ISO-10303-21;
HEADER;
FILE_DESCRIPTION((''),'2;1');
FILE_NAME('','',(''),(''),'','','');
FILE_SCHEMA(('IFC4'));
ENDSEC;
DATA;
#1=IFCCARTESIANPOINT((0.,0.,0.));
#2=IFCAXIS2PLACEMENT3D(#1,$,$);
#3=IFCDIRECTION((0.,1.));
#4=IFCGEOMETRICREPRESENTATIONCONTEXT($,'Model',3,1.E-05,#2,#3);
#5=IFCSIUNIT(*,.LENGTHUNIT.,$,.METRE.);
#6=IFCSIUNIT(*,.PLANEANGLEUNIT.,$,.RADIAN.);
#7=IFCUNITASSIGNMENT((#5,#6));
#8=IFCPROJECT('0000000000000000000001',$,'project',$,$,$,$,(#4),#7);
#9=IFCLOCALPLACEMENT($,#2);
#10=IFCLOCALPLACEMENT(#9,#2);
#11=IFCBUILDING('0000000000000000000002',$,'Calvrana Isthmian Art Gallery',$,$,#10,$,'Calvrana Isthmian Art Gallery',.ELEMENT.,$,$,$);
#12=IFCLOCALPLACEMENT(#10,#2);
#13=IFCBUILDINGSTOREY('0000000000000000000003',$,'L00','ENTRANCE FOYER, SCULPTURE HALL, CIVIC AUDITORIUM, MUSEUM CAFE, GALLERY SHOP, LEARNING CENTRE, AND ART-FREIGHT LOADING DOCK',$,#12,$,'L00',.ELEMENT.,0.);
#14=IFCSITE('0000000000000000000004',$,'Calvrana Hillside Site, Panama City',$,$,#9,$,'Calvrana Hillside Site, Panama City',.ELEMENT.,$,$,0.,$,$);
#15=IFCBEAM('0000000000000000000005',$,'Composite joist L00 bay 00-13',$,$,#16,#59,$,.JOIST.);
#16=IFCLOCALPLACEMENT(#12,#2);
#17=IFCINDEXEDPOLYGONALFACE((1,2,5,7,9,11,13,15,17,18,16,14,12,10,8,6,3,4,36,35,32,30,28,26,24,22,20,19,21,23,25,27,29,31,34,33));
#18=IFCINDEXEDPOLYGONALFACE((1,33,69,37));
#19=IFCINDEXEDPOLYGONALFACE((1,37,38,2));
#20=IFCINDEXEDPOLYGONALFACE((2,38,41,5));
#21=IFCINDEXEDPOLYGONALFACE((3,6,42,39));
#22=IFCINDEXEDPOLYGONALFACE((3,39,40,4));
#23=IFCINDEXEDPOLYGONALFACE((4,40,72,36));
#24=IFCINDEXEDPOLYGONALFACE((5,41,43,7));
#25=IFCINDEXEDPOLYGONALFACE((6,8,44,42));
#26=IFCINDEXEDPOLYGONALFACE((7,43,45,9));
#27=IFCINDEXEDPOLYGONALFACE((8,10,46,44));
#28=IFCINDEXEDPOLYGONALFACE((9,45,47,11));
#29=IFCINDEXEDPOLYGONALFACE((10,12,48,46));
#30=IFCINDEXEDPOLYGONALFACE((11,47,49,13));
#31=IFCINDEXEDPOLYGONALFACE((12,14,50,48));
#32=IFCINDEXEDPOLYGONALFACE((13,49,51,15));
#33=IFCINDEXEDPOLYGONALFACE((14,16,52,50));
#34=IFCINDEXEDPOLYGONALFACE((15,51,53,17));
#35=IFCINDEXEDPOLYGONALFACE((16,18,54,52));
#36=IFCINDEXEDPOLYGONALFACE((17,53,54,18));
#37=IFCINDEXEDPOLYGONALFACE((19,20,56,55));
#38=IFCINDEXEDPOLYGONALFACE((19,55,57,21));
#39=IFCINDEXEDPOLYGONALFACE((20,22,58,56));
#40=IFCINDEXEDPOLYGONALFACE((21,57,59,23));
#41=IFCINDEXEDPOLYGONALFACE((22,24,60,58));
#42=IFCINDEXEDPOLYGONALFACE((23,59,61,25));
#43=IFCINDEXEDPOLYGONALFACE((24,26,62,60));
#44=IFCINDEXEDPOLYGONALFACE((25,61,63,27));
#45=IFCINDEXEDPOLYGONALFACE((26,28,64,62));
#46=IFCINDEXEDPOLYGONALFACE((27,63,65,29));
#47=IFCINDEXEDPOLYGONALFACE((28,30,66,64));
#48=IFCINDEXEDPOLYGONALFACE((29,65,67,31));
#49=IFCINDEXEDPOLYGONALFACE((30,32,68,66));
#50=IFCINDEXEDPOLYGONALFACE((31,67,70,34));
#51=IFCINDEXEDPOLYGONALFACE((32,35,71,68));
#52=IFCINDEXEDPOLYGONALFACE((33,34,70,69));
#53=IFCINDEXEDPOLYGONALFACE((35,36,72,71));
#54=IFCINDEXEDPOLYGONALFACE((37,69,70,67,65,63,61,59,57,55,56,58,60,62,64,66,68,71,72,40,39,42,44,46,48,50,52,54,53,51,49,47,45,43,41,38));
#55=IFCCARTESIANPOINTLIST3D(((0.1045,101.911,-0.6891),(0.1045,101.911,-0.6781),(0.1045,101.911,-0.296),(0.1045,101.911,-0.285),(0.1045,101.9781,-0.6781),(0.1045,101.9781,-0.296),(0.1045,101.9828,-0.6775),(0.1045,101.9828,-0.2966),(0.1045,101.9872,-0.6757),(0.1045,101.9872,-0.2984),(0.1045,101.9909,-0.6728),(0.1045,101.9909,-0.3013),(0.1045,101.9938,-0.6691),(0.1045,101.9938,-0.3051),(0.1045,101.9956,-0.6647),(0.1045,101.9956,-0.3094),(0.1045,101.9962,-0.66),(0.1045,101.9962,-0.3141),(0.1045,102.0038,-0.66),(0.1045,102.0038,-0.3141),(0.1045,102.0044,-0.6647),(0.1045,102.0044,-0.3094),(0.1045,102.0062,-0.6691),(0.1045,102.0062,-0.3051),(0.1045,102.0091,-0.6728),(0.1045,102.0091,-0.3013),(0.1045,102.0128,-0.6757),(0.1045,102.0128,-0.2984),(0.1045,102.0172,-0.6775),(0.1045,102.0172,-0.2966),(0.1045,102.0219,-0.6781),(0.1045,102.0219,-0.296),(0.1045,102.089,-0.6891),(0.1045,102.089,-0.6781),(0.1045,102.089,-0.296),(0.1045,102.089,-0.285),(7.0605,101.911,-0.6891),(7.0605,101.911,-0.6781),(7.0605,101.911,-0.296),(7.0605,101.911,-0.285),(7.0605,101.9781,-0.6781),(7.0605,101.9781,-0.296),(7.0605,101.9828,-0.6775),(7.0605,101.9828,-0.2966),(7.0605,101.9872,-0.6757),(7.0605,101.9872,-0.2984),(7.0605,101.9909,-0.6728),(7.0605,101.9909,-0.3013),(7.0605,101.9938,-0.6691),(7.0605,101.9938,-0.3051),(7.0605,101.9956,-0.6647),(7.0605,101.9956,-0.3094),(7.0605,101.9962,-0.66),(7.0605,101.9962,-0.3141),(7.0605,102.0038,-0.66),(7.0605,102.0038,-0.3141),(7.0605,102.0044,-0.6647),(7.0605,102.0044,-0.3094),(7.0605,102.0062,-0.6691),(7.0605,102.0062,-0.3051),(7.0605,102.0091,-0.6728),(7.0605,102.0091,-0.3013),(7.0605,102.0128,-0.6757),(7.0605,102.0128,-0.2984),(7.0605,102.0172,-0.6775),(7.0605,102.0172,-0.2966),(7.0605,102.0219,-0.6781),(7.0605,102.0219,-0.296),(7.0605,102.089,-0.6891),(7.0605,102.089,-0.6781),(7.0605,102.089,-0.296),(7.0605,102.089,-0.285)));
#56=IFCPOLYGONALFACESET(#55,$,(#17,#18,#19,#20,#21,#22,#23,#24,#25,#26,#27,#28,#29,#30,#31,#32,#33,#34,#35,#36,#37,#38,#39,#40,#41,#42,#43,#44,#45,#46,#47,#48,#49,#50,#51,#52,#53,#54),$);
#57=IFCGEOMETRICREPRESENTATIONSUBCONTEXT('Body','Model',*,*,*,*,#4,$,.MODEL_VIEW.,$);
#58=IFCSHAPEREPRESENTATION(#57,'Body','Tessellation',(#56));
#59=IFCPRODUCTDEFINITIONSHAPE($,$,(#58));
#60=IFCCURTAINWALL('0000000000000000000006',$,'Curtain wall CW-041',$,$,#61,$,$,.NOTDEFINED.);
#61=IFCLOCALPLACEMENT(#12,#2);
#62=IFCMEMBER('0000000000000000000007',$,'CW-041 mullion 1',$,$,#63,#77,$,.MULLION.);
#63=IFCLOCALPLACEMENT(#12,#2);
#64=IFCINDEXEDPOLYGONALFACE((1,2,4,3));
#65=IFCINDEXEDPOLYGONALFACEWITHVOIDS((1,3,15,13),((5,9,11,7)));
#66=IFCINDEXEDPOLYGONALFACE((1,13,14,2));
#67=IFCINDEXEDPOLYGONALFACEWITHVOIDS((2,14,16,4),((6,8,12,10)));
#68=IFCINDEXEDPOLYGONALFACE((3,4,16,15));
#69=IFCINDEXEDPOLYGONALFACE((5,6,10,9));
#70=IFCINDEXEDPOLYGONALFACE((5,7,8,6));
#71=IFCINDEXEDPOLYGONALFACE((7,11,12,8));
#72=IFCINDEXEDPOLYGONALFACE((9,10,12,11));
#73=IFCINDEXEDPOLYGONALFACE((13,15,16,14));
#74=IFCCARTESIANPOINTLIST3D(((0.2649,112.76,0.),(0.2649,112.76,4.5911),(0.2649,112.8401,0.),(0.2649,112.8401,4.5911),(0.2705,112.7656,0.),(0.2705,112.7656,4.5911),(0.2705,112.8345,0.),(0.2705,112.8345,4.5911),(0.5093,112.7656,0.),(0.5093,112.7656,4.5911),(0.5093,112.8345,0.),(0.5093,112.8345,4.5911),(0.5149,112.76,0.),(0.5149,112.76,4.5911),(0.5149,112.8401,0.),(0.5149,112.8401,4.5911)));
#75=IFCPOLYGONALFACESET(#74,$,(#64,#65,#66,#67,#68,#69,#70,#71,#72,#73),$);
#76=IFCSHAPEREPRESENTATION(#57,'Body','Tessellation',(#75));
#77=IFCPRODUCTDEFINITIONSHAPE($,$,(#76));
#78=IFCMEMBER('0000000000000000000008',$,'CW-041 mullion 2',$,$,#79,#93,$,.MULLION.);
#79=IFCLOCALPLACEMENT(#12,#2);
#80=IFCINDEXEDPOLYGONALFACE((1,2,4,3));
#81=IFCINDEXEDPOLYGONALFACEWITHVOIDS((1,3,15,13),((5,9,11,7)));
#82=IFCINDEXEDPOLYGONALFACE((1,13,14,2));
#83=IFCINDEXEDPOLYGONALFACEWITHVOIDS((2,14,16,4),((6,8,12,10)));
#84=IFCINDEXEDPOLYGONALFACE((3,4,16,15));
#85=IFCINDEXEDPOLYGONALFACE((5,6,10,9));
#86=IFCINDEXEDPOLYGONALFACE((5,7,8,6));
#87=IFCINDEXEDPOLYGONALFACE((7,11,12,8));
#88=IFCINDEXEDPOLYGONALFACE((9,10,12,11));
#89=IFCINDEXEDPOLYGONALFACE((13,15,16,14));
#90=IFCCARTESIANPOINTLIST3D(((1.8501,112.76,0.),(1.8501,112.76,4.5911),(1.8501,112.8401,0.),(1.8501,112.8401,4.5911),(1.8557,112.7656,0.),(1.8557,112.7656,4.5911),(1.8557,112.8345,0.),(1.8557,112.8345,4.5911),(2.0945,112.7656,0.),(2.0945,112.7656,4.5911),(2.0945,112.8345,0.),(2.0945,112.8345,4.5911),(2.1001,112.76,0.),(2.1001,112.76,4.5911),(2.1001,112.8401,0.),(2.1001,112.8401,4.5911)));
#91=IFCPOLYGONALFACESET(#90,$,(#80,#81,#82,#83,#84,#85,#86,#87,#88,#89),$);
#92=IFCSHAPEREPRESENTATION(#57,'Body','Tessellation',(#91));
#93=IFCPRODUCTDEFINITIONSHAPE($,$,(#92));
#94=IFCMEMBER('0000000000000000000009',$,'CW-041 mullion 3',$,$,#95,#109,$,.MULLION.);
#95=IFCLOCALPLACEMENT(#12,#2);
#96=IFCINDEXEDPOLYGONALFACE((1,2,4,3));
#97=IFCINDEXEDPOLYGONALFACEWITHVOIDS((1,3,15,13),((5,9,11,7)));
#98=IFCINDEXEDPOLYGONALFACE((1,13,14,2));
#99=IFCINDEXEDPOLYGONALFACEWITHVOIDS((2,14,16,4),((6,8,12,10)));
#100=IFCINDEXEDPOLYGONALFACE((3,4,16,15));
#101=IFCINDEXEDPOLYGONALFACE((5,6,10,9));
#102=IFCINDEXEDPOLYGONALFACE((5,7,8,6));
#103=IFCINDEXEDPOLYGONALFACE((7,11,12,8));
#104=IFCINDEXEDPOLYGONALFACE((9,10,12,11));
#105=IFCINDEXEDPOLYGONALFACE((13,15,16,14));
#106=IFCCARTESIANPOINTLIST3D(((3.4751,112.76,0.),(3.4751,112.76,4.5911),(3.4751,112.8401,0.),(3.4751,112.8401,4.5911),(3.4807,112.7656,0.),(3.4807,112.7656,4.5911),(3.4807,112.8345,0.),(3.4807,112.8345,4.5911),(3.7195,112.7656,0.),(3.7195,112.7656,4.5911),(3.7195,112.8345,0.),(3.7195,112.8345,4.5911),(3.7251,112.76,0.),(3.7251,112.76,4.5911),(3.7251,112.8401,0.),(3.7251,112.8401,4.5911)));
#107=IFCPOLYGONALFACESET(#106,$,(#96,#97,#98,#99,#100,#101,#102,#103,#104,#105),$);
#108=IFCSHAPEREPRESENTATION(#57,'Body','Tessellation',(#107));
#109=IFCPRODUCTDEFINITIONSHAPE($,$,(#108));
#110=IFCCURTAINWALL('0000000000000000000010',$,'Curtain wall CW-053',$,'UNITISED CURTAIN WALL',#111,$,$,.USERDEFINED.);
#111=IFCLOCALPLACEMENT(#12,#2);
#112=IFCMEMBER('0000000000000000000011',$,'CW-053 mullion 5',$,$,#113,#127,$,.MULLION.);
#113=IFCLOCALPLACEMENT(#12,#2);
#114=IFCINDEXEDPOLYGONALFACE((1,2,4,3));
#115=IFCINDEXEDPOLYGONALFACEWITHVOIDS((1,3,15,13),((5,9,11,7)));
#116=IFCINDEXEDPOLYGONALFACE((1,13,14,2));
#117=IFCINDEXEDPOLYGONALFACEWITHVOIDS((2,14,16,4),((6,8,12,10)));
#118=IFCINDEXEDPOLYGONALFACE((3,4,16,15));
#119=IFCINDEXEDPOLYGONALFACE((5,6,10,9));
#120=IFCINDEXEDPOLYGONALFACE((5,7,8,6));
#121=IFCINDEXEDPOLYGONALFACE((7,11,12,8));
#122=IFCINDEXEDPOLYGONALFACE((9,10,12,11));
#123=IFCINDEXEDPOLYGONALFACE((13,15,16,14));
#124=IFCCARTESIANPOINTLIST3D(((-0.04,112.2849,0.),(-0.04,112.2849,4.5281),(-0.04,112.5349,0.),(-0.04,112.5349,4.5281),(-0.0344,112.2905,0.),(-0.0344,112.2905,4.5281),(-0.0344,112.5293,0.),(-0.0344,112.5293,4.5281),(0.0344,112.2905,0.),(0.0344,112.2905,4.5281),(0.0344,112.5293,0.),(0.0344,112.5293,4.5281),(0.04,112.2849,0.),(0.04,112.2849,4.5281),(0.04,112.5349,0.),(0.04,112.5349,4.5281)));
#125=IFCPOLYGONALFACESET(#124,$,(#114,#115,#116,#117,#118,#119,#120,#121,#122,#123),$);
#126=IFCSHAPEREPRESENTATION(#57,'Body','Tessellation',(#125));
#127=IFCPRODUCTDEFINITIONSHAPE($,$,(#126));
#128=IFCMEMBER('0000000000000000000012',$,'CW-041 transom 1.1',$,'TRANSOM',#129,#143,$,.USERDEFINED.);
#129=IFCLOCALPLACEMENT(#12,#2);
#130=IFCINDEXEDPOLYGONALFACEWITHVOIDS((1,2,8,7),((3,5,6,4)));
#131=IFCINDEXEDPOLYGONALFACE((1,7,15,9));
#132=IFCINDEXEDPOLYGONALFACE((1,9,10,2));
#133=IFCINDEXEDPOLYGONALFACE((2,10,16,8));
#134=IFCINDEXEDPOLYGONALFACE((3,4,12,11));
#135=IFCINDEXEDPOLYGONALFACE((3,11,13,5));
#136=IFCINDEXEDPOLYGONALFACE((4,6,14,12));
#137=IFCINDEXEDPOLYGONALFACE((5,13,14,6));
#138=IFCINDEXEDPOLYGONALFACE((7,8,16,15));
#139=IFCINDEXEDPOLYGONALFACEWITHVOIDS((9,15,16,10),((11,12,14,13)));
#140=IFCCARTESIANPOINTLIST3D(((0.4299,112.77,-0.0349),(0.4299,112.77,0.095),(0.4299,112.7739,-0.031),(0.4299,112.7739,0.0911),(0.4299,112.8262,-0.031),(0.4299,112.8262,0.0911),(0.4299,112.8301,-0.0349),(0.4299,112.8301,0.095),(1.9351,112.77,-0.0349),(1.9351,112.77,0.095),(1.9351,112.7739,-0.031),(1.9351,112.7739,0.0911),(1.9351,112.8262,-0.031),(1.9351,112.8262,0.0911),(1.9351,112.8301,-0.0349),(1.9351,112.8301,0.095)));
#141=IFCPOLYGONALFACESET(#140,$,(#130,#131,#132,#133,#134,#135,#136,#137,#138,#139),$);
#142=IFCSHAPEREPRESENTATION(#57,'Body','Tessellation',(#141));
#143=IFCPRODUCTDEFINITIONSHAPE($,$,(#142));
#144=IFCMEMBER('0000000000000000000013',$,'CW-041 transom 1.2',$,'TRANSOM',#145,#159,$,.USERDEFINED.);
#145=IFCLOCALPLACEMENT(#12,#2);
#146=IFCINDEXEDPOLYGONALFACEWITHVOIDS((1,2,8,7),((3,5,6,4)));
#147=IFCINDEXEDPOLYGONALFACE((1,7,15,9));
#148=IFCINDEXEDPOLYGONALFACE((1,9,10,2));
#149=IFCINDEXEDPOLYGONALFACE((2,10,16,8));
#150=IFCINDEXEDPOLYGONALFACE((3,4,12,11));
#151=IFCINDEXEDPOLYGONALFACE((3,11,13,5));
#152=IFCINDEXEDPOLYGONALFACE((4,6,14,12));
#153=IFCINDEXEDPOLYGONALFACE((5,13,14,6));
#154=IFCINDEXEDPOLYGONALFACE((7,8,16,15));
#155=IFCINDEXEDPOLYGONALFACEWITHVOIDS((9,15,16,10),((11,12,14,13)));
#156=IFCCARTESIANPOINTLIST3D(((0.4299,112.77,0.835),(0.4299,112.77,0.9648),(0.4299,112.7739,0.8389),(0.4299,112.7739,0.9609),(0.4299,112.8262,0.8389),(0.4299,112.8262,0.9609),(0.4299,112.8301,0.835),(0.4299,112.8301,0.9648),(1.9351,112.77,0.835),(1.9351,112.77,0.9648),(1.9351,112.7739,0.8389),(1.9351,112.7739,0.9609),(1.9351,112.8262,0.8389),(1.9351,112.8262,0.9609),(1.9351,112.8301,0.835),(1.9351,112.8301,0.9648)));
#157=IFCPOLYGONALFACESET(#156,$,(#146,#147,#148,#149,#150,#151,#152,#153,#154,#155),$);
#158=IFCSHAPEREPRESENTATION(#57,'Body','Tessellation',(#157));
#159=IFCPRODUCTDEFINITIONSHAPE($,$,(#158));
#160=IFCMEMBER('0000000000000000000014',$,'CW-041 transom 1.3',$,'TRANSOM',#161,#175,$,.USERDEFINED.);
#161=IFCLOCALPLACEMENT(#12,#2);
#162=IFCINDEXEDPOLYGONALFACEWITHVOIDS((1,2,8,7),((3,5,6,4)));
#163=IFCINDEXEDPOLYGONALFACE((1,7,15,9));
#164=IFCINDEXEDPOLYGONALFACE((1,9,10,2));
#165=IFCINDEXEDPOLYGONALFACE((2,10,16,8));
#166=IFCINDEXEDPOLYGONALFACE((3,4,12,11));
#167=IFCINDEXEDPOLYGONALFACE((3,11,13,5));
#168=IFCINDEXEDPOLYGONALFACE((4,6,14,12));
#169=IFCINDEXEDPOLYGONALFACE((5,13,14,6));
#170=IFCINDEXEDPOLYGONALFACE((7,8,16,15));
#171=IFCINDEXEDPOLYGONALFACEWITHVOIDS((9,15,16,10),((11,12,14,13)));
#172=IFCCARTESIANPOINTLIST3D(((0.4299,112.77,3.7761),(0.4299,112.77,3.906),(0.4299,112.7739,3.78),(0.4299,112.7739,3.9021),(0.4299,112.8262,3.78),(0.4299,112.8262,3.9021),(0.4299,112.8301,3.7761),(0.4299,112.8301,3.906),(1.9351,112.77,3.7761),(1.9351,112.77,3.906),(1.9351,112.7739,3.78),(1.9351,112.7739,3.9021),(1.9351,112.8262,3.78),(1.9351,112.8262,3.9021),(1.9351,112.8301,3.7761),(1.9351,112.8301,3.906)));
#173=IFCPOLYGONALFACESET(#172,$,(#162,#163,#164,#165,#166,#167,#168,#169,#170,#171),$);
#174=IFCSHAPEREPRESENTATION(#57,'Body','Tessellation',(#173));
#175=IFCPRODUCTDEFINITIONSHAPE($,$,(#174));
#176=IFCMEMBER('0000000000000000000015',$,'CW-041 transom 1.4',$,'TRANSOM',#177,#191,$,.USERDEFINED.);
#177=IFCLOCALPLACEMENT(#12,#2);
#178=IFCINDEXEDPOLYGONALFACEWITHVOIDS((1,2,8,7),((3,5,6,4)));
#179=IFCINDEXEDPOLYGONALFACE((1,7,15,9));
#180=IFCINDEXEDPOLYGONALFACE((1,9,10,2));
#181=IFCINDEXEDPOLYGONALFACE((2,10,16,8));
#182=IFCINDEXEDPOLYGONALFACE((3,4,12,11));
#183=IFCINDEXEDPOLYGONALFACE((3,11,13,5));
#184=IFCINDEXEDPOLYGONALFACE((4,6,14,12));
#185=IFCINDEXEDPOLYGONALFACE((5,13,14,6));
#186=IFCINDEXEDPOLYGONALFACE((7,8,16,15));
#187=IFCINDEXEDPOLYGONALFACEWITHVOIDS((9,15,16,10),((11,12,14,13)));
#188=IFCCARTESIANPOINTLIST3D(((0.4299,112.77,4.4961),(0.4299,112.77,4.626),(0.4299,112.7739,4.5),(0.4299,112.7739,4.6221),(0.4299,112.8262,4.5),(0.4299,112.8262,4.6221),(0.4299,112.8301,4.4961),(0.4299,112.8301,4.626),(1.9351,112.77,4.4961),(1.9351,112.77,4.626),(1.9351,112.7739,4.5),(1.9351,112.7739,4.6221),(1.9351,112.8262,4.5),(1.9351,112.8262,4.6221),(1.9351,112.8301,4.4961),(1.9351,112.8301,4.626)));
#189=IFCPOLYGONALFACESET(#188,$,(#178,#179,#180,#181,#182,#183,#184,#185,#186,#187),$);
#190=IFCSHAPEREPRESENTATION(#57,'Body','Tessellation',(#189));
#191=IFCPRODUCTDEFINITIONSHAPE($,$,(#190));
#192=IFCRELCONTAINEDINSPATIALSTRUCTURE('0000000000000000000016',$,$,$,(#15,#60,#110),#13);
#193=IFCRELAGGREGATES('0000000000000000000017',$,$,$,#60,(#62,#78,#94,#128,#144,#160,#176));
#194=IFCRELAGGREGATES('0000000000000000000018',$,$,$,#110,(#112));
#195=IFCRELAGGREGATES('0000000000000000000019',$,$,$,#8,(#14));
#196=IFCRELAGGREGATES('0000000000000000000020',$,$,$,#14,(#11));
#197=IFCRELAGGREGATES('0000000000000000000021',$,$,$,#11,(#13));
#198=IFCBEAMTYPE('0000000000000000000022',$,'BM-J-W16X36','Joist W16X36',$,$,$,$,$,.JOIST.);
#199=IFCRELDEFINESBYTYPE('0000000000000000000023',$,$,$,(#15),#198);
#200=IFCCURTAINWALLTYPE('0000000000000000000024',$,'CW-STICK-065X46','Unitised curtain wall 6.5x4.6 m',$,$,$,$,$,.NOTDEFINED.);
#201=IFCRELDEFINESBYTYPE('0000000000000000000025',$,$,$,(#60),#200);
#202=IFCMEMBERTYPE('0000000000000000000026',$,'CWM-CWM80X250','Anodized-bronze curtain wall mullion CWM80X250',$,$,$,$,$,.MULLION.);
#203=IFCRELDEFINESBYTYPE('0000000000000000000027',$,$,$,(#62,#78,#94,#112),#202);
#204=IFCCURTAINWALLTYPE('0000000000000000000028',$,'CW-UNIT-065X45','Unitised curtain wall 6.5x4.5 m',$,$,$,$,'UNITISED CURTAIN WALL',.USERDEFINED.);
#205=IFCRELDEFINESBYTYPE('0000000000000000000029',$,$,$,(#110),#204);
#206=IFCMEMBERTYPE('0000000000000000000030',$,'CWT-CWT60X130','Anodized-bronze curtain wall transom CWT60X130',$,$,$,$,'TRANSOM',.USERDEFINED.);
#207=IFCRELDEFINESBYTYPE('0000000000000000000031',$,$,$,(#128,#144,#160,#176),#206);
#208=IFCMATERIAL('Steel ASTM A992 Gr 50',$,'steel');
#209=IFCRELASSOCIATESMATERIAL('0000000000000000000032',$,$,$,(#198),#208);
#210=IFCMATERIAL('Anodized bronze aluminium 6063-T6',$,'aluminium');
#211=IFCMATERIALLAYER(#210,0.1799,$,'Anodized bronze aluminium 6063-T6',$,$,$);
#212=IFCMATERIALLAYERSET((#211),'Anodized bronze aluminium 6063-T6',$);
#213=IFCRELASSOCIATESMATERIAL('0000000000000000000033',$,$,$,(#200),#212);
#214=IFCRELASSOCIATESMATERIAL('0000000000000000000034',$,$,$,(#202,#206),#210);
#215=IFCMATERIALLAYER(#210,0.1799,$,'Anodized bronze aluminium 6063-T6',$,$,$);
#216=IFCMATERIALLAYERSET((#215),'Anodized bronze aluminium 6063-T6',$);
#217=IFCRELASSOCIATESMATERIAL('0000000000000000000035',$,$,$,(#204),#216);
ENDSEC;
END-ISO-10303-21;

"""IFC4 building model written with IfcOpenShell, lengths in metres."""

from ifc_helpers import new_model, si_unit, direction, frame, origin, origin_2d, place, context, subcontext, project, spatial, hollow_rectangle, i_section, extrude, material, layer, layer_set, material_profile, profile_set, type_object, element, aggregate, save


model = new_model("IFC4")

# Units and contexts
model_context = context("Model", 3, precision=1e-05, world=origin(), true_north=direction((0.0, 1.0)))
body_context = subcontext(model_context, "Body", "Model", "MODEL_VIEW")
ifc_project = project(units=[si_unit("LENGTHUNIT", "METRE"), si_unit("PLANEANGLEUNIT", "RADIAN")], contexts=[model_context])

# Site, building, storey
site_placement = place(None, origin())
site = spatial("IfcSite", under=ifc_project, at=site_placement, Name="Calvrana Hillside Site, Panama City", LongName="Calvrana Hillside Site, Panama City", CompositionType="ELEMENT", RefElevation=0.0)
building_placement = place(site_placement, origin())
building = spatial("IfcBuilding", under=site, at=building_placement, Name="Calvrana Isthmian Art Gallery", LongName="Calvrana Isthmian Art Gallery", CompositionType="ELEMENT")
storey_placement = place(building_placement, origin())
storey = spatial("IfcBuildingStorey", under=building, at=storey_placement, Name="L00", Description="ENTRANCE FOYER, SCULPTURE HALL, CIVIC AUDITORIUM, MUSEUM CAFE, GALLERY SHOP, LEARNING CENTRE, AND ART-FREIGHT LOADING DOCK", LongName="L00", CompositionType="ELEMENT", Elevation=0.0)

# Beam
ifc_material_1 = material(Name="Steel ASTM A992 Gr 50", Category="steel")
ifc_material_profile_1 = material_profile(ifc_material_1, i_section(OverallWidth=0.178, OverallDepth=0.4041, WebThickness=0.0076, FlangeThickness=0.011, FilletRadius=0.0181, at=origin_2d()), Name="W16X36")
ifc_profile_set_1 = profile_set([ifc_material_profile_1], Name="Steel ASTM A992 Gr 50")
beam_type_1 = type_object("IfcBeamType", Name="BM-J-W16X36", Description="Joist W16X36", PredefinedType="JOIST", material=ifc_profile_set_1)
beam_1_placement = place(storey_placement, frame((0.1045, 102.0, -0.4871), z_axis=(1.0, 0.0, 0.0), x_axis=(0.0, 1.0, 0.0)))
element("IfcBeam", 1, at=beam_1_placement, inside=storey, type_object=beam_type_1, Name="Composite joist L00 bay 00-13", PredefinedType="JOIST", context=body_context, shape_type="SweptSolid", body=[
    extrude(i_section(OverallWidth=0.178, OverallDepth=0.4041, WebThickness=0.0076, FlangeThickness=0.011, FilletRadius=0.0181, at=origin_2d()), origin(), (0.0, 0.0, 1.0), 6.9561),
])

# Curtain wall, members
ifc_material_2 = material(Name="Anodized bronze aluminium 6063-T6", Category="aluminium")
ifc_layer_1 = layer(ifc_material_2, 0.1799, Name="Anodized bronze aluminium 6063-T6")
ifc_layer_set_1 = layer_set([ifc_layer_1], Name="Anodized bronze aluminium 6063-T6")
curtain_wall_type_1 = type_object("IfcCurtainWallType", Name="CW-STICK-065X46", Description="Unitised curtain wall 6.5x4.6 m", PredefinedType="NOTDEFINED", material=ifc_layer_set_1)
curtain_wall_1_placement = place(storey_placement, origin())
curtain_wall_1 = element("IfcCurtainWall", 2, at=curtain_wall_1_placement, inside=storey, type_object=curtain_wall_type_1, Name="Curtain wall CW-041", PredefinedType="NOTDEFINED")
ifc_material_profile_2 = material_profile(ifc_material_2, hollow_rectangle(XDim=0.0801, YDim=0.25, WallThickness=0.0056, at=origin_2d()), Name="CWM80X250")
ifc_profile_set_2 = profile_set([ifc_material_profile_2], Name="Anodized bronze aluminium 6063-T6")
member_type_1 = type_object("IfcMemberType", Name="CWM-CWM80X250", Description="Anodized-bronze curtain wall mullion CWM80X250", PredefinedType="MULLION", material=ifc_profile_set_2)
member_1_placement = place(storey_placement, frame((0.3899, 112.8, 0.0), z_axis=(0.0, 0.0, 1.0), x_axis=(0.0, 1.0, 0.0)))
member_1 = element("IfcMember", 3, at=member_1_placement, type_object=member_type_1, Name="CW-041 mullion 1", PredefinedType="MULLION", context=body_context, shape_type="SweptSolid", body=[
    extrude(hollow_rectangle(XDim=0.0801, YDim=0.25, WallThickness=0.0056, at=origin_2d()), origin(), (0.0, 0.0, 1.0), 4.5911),
])
member_2_placement = place(storey_placement, frame((1.9751, 112.8, 0.0), z_axis=(0.0, 0.0, 1.0), x_axis=(0.0, 1.0, 0.0)))
member_2 = element("IfcMember", 4, at=member_2_placement, type_object=member_type_1, Name="CW-041 mullion 2", PredefinedType="MULLION", context=body_context, shape_type="SweptSolid", body=[
    extrude(hollow_rectangle(XDim=0.0801, YDim=0.25, WallThickness=0.0056, at=origin_2d()), origin(), (0.0, 0.0, 1.0), 4.5911),
])
member_3_placement = place(storey_placement, frame((3.6001, 112.8, 0.0), z_axis=(0.0, 0.0, 1.0), x_axis=(0.0, 1.0, 0.0)))
member_3 = element("IfcMember", 5, at=member_3_placement, type_object=member_type_1, Name="CW-041 mullion 3", PredefinedType="MULLION", context=body_context, shape_type="SweptSolid", body=[
    extrude(hollow_rectangle(XDim=0.0801, YDim=0.25, WallThickness=0.0056, at=origin_2d()), origin(), (0.0, 0.0, 1.0), 4.5911),
])

# Curtain wall, member
ifc_layer_2 = layer(ifc_material_2, 0.1799, Name="Anodized bronze aluminium 6063-T6")
ifc_layer_set_2 = layer_set([ifc_layer_2], Name="Anodized bronze aluminium 6063-T6")
curtain_wall_type_2 = type_object("IfcCurtainWallType", Name="CW-UNIT-065X45", Description="Unitised curtain wall 6.5x4.5 m", ElementType="UNITISED CURTAIN WALL", PredefinedType="USERDEFINED", material=ifc_layer_set_2)
curtain_wall_2_placement = place(storey_placement, origin())
curtain_wall_2 = element("IfcCurtainWall", 6, at=curtain_wall_2_placement, inside=storey, type_object=curtain_wall_type_2, Name="Curtain wall CW-053", ObjectType="UNITISED CURTAIN WALL", PredefinedType="USERDEFINED")
member_4_placement = place(storey_placement, frame((0.0, 112.4099, 0.0), z_axis=(0.0, 0.0, 1.0), x_axis=(-1.0, 0.0, 0.0)))
member_4 = element("IfcMember", 7, at=member_4_placement, type_object=member_type_1, Name="CW-053 mullion 5", PredefinedType="MULLION", context=body_context, shape_type="SweptSolid", body=[
    extrude(hollow_rectangle(XDim=0.0801, YDim=0.25, WallThickness=0.0056, at=origin_2d()), origin(), (0.0, 0.0, 1.0), 4.5281),
])

# Members
ifc_material_profile_3 = material_profile(ifc_material_2, hollow_rectangle(XDim=0.0601, YDim=0.1299, WallThickness=0.0039, at=origin_2d()), Name="CWT60X130")
ifc_profile_set_3 = profile_set([ifc_material_profile_3], Name="Anodized bronze aluminium 6063-T6")
member_type_2 = type_object("IfcMemberType", Name="CWT-CWT60X130", Description="Anodized-bronze curtain wall transom CWT60X130", ElementType="TRANSOM", PredefinedType="USERDEFINED", material=ifc_profile_set_3)
member_5_placement = place(storey_placement, frame((0.4299, 112.8, 0.03), z_axis=(1.0, 0.0, 0.0), x_axis=(0.0, 1.0, 0.0)))
member_5 = element("IfcMember", 8, at=member_5_placement, type_object=member_type_2, Name="CW-041 transom 1.1", ObjectType="TRANSOM", PredefinedType="USERDEFINED", context=body_context, shape_type="SweptSolid", body=[
    extrude(hollow_rectangle(XDim=0.0601, YDim=0.1299, WallThickness=0.0039, at=origin_2d()), origin(), (0.0, 0.0, 1.0), 1.5051),
])
member_6_placement = place(storey_placement, frame((0.4299, 112.8, 0.8999), z_axis=(1.0, 0.0, 0.0), x_axis=(0.0, 1.0, 0.0)))
member_6 = element("IfcMember", 9, at=member_6_placement, type_object=member_type_2, Name="CW-041 transom 1.2", ObjectType="TRANSOM", PredefinedType="USERDEFINED", context=body_context, shape_type="SweptSolid", body=[
    extrude(hollow_rectangle(XDim=0.0601, YDim=0.1299, WallThickness=0.0039, at=origin_2d()), origin(), (0.0, 0.0, 1.0), 1.5051),
])
member_7_placement = place(storey_placement, frame((0.4299, 112.8, 3.8411), z_axis=(1.0, 0.0, 0.0), x_axis=(0.0, 1.0, 0.0)))
member_7 = element("IfcMember", 10, at=member_7_placement, type_object=member_type_2, Name="CW-041 transom 1.3", ObjectType="TRANSOM", PredefinedType="USERDEFINED", context=body_context, shape_type="SweptSolid", body=[
    extrude(hollow_rectangle(XDim=0.0601, YDim=0.1299, WallThickness=0.0039, at=origin_2d()), origin(), (0.0, 0.0, 1.0), 1.5051),
])
member_8_placement = place(storey_placement, frame((0.4299, 112.8, 4.561), z_axis=(1.0, 0.0, 0.0), x_axis=(0.0, 1.0, 0.0)))
member_8 = element("IfcMember", 11, at=member_8_placement, type_object=member_type_2, Name="CW-041 transom 1.4", ObjectType="TRANSOM", PredefinedType="USERDEFINED", context=body_context, shape_type="SweptSolid", body=[
    extrude(hollow_rectangle(XDim=0.0601, YDim=0.1299, WallThickness=0.0039, at=origin_2d()), origin(), (0.0, 0.0, 1.0), 1.5051),
])

aggregate(curtain_wall_1, [member_1, member_2, member_3, member_5, member_6, member_7, member_8])
aggregate(curtain_wall_2, [member_4])

save(model, "model.ifc")
